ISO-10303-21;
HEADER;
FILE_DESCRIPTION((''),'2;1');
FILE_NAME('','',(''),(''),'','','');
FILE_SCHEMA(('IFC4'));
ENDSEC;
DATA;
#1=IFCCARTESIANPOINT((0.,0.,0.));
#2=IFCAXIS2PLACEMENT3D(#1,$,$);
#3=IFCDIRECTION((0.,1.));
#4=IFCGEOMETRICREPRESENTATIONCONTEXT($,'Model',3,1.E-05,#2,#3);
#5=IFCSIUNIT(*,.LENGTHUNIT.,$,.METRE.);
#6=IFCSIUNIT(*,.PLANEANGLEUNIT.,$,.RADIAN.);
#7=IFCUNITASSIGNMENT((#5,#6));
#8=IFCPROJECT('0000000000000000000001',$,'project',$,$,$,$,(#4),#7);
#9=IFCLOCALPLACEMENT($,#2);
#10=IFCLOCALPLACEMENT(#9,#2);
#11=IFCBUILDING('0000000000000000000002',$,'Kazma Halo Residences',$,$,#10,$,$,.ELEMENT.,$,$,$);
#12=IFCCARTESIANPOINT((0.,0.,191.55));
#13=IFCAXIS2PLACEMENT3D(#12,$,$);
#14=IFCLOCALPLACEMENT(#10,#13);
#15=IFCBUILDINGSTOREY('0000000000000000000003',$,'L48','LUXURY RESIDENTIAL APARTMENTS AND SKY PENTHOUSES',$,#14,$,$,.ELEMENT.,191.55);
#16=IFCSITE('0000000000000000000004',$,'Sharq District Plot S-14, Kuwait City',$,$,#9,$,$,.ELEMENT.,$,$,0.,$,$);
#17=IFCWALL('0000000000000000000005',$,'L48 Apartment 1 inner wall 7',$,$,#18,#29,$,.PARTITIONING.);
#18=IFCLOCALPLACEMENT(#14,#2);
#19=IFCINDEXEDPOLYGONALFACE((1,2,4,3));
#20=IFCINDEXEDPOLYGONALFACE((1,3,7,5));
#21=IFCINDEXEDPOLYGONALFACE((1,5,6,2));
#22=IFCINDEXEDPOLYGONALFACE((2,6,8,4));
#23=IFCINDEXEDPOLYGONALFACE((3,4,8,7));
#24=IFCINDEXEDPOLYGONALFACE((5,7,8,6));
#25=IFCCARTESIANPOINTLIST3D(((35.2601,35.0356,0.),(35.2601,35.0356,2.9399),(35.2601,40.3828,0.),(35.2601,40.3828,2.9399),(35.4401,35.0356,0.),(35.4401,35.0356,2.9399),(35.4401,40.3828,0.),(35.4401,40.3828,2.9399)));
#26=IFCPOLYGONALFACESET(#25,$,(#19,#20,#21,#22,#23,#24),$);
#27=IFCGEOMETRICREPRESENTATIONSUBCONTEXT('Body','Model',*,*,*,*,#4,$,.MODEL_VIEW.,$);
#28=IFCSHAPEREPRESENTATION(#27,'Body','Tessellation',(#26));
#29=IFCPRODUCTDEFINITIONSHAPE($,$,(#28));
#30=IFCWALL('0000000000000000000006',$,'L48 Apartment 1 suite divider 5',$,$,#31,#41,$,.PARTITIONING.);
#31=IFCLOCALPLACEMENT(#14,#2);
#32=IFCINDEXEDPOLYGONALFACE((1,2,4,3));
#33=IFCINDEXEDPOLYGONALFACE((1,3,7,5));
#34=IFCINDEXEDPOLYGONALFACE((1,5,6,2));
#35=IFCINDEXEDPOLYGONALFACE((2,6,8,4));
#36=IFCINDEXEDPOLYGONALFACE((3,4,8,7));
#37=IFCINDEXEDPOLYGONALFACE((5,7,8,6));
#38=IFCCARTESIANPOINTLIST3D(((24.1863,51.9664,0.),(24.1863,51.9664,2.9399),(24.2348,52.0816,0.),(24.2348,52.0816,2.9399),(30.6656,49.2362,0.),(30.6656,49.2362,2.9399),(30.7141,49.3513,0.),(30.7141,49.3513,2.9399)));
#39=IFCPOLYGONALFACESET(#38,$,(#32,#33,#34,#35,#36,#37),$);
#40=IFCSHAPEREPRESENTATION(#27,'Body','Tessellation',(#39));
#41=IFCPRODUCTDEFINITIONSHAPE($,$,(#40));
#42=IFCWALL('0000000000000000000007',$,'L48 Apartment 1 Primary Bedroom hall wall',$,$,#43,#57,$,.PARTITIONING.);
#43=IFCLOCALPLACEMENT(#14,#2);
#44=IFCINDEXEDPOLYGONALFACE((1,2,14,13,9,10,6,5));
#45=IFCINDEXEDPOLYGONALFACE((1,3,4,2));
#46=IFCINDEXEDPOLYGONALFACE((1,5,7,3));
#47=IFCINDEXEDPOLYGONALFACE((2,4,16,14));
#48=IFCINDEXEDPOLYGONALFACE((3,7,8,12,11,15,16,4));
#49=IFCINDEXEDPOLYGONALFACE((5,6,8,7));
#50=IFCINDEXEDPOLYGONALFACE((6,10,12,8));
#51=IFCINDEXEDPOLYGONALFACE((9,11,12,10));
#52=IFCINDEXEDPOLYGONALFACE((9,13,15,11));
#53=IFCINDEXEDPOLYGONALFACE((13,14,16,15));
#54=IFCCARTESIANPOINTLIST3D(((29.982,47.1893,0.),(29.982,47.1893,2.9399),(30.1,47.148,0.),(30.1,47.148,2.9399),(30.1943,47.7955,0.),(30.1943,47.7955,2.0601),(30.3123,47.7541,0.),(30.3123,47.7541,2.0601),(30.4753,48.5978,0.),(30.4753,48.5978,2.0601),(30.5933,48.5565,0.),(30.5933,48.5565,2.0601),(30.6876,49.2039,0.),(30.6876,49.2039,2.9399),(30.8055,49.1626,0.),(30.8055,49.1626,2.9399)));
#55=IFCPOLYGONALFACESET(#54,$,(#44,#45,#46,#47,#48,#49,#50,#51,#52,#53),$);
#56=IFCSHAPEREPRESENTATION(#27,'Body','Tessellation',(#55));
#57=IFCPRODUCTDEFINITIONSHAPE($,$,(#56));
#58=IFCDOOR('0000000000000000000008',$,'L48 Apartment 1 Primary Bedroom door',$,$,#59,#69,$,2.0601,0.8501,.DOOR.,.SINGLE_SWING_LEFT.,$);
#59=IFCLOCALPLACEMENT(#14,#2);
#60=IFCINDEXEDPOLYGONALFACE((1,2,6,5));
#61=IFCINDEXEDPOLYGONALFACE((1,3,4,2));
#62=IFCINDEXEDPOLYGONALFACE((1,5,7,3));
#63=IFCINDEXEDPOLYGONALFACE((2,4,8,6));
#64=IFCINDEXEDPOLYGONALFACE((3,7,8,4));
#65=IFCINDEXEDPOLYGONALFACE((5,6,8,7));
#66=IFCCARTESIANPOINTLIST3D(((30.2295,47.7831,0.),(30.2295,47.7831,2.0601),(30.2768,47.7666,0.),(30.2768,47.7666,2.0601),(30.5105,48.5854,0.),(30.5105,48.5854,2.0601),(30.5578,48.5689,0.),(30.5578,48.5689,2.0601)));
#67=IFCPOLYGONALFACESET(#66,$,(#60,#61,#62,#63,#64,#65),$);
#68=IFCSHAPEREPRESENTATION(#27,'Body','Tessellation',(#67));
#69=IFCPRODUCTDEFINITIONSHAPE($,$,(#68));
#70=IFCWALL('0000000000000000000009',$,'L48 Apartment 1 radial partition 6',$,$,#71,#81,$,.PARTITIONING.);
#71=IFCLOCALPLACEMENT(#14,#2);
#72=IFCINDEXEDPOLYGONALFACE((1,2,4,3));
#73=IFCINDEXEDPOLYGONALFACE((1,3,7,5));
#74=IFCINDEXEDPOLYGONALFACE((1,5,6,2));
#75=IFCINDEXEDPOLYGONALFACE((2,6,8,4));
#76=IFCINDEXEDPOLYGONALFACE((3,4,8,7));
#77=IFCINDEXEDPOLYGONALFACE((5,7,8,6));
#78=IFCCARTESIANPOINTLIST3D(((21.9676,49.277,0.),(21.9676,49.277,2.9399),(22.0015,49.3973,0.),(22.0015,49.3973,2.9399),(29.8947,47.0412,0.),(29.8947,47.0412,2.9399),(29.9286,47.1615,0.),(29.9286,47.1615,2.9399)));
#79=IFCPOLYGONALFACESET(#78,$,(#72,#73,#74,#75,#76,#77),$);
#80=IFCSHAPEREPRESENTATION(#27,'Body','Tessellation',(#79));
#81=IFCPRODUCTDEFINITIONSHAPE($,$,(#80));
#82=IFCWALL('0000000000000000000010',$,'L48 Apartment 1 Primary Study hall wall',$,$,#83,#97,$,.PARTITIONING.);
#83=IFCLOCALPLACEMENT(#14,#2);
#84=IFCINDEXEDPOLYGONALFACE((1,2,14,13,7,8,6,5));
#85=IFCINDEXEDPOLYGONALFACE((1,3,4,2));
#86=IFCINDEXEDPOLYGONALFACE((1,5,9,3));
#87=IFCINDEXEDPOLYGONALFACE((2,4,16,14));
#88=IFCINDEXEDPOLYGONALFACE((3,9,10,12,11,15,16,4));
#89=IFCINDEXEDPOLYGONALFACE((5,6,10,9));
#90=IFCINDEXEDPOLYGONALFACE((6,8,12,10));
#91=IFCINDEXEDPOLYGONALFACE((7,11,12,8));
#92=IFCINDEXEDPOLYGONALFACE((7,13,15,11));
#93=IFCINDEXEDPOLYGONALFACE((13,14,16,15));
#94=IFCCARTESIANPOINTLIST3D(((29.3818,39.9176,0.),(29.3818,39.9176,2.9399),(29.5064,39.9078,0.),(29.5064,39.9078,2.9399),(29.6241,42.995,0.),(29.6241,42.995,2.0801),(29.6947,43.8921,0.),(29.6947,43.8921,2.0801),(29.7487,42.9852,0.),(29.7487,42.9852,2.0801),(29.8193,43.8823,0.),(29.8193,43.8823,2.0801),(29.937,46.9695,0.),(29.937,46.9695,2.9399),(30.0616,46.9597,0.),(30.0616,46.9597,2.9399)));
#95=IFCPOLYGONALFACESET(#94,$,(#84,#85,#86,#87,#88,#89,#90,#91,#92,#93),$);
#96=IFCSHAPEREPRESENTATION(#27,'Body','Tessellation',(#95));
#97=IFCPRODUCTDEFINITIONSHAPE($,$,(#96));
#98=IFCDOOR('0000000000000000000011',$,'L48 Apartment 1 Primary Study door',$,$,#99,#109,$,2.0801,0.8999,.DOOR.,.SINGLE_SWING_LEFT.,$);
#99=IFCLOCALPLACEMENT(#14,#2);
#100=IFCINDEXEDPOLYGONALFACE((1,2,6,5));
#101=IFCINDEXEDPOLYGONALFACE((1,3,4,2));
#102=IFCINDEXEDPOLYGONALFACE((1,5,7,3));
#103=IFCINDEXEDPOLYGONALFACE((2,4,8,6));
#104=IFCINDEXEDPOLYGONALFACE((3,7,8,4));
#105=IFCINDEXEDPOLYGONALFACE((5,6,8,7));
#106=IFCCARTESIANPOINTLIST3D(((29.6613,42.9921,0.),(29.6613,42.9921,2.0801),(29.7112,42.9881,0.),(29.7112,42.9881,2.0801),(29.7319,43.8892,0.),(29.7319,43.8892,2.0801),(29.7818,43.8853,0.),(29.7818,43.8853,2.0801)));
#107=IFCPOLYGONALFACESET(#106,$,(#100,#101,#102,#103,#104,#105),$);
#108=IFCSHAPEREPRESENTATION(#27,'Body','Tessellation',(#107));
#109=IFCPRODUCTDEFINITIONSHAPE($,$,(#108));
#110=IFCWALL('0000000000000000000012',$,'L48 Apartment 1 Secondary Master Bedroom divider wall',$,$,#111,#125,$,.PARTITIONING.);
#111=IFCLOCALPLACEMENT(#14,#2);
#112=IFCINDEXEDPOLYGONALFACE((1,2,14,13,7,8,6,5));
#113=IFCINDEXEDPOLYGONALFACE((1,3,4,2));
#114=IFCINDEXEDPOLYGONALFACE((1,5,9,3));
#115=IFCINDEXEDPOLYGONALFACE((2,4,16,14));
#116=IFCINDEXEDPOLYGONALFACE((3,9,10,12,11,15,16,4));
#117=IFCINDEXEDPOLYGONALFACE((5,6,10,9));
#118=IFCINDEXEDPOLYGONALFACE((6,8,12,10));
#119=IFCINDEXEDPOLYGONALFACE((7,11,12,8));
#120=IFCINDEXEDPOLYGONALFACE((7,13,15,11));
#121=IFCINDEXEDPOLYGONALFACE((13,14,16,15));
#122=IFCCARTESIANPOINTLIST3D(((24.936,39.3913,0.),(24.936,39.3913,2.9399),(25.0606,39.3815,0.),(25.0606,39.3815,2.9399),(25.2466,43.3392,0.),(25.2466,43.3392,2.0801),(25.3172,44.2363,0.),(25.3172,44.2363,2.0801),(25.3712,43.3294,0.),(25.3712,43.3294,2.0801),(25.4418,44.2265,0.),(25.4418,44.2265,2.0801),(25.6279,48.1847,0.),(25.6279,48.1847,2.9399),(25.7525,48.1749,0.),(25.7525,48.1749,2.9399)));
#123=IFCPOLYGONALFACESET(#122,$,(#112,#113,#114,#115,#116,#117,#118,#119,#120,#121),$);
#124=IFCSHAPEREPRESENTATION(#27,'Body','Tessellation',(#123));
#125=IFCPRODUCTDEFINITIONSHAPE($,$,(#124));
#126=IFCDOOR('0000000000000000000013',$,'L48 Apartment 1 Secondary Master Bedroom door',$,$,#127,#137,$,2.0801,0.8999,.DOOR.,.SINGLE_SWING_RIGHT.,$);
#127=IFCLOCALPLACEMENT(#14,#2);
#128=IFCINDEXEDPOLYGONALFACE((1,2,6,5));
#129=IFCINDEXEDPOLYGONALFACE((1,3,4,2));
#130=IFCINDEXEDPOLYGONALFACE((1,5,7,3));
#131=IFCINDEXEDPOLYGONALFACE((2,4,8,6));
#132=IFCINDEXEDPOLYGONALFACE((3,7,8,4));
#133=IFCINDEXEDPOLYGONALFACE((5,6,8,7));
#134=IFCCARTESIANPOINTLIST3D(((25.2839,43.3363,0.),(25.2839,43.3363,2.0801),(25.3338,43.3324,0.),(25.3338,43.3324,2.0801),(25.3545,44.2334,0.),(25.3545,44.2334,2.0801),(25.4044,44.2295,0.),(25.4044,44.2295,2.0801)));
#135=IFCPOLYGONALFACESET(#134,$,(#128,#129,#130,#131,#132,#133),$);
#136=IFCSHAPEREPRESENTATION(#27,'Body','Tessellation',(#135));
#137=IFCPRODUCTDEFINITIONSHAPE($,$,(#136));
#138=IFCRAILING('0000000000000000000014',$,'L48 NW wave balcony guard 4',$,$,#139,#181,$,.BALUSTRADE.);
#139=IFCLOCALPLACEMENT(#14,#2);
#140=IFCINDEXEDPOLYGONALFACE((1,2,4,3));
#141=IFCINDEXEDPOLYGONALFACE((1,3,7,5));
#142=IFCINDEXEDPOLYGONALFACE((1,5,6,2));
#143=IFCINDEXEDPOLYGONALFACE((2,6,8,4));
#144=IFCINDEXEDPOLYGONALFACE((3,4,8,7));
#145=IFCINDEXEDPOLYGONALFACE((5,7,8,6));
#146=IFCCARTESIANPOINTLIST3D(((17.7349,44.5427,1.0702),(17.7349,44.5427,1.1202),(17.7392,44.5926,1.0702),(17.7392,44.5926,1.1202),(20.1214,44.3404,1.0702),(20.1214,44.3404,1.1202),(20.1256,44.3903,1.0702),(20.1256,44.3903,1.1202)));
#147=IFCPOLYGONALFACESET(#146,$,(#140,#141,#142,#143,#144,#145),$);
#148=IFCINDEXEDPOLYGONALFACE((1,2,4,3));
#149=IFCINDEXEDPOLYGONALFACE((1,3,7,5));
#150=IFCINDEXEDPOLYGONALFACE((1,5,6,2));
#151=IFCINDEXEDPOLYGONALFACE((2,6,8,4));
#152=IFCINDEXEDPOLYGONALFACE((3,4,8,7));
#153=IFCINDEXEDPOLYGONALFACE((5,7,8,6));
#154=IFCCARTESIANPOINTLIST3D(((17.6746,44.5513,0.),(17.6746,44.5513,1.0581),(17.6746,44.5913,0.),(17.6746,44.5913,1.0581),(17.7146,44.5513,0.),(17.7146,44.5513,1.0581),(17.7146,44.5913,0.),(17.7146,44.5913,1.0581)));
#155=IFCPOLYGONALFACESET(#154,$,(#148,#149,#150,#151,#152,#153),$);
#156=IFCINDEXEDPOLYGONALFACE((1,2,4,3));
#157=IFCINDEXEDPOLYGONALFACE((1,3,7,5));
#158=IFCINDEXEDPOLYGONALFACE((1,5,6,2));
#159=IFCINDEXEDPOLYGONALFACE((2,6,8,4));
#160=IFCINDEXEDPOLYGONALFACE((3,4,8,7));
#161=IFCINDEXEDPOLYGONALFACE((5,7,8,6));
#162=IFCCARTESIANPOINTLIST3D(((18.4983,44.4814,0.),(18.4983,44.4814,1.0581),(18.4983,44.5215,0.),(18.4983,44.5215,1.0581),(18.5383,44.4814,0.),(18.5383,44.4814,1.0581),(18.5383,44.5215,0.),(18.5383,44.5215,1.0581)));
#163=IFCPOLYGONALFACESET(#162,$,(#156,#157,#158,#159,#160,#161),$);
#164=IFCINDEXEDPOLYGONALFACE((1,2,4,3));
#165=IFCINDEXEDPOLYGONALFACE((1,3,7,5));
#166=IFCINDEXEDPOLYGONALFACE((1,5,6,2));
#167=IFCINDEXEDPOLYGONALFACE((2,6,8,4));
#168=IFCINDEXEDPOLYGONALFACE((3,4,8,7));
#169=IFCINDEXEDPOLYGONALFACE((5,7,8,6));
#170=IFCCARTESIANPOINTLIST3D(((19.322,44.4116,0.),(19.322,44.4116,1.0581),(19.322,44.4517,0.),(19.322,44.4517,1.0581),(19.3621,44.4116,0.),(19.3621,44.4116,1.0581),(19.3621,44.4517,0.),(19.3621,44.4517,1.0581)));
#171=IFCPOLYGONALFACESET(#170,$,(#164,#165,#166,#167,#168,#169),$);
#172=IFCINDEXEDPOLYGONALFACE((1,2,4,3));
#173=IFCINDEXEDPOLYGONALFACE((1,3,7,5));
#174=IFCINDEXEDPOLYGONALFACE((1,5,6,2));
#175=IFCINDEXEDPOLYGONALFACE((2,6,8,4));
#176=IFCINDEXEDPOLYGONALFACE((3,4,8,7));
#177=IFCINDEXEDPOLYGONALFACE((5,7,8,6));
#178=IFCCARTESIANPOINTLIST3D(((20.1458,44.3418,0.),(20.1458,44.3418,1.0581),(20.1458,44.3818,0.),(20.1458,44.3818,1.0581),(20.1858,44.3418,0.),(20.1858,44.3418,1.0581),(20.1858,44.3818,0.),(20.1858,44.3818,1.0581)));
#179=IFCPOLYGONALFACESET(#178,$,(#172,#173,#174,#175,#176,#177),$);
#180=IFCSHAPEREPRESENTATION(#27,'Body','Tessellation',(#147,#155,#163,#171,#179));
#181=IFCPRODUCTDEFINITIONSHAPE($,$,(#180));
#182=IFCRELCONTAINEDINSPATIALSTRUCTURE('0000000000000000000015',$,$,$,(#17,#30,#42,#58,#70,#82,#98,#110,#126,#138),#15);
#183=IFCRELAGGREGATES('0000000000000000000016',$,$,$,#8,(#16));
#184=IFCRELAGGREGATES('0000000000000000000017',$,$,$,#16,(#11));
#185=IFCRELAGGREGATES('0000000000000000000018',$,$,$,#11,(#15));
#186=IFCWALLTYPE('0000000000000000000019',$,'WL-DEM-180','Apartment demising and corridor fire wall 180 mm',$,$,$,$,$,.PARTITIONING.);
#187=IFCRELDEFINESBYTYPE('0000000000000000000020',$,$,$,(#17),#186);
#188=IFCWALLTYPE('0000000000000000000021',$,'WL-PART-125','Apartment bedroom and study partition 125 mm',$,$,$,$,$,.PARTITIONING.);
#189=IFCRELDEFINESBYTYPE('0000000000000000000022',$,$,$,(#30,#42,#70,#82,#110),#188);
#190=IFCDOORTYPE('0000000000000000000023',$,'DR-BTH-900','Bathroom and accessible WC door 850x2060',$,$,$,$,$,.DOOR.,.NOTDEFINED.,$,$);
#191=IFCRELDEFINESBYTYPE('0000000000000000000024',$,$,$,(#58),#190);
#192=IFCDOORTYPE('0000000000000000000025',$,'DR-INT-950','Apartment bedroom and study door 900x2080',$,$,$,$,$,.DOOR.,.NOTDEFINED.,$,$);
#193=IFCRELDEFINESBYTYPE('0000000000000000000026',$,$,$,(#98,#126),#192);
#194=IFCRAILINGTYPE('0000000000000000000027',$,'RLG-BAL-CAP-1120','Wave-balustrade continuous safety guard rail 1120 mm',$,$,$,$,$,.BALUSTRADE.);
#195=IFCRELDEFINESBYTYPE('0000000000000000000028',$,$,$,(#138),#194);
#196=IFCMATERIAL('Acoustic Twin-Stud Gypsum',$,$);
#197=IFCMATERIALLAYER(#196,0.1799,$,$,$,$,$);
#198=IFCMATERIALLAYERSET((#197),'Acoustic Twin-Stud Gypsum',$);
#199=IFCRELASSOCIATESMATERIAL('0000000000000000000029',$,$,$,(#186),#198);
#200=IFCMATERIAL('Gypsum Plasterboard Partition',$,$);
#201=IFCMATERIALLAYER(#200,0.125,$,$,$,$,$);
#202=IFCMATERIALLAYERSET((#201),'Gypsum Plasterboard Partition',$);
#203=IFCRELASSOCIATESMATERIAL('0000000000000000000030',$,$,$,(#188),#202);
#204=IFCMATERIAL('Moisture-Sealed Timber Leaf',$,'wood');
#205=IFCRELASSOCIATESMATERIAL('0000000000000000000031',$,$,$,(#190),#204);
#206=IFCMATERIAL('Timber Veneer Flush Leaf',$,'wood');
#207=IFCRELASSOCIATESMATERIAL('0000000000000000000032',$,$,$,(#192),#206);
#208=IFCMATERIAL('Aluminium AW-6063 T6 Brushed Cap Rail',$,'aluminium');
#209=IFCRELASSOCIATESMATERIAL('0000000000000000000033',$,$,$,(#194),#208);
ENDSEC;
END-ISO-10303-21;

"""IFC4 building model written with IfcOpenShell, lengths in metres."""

from ifc_helpers import new_model, si_unit, direction, frame, frame_2d, origin, origin_2d, place, context, subcontext, project, spatial, rectangle, extrude, material, layer, layer_set, type_object, element, fill, save


model = new_model("IFC4")

# Units and contexts
model_context = context("Model", 3, precision=1e-05, world=origin(), true_north=direction((0.0, 1.0)))
body_context = subcontext(model_context, "Body", "Model", "MODEL_VIEW")
ifc_project = project(units=[si_unit("LENGTHUNIT", "METRE"), si_unit("PLANEANGLEUNIT", "RADIAN")], contexts=[model_context])

# Site, building, storey
site_placement = place(None, origin())
site = spatial("IfcSite", under=ifc_project, at=site_placement, Name="Sharq District Plot S-14, Kuwait City", CompositionType="ELEMENT", RefElevation=0.0)
building_placement = place(site_placement, origin())
building = spatial("IfcBuilding", under=site, at=building_placement, Name="Kazma Halo Residences", CompositionType="ELEMENT")
storey_placement = place(building_placement, frame((0.0, 0.0, 191.55)))
storey = spatial("IfcBuildingStorey", under=building, at=storey_placement, Name="L48", Description="LUXURY RESIDENTIAL APARTMENTS AND SKY PENTHOUSES", CompositionType="ELEMENT", Elevation=191.55)

# Walls
ifc_material_1 = material(Name="Acoustic Twin-Stud Gypsum")
ifc_layer_1 = layer(ifc_material_1, 0.1799)
ifc_layer_set_1 = layer_set([ifc_layer_1], Name="Acoustic Twin-Stud Gypsum")
wall_type_1 = type_object("IfcWallType", Name="WL-DEM-180", Description="Apartment demising and corridor fire wall 180 mm", PredefinedType="PARTITIONING", material=ifc_layer_set_1)
wall_1_placement = place(storey_placement, frame((35.3501, 40.3828, 0.0), z_axis=(0.0, 0.0, 1.0), x_axis=(0.0, -1.0, 0.0)))
element("IfcWall", 1, at=wall_1_placement, inside=storey, type_object=wall_type_1, Name="L48 Apartment 1 inner wall 7", PredefinedType="PARTITIONING", context=body_context, shape_type="SweptSolid", body=[
    extrude(rectangle(XDim=5.3472, YDim=0.1799, at=frame_2d((2.6736, 0.0))), origin(), (0.0, 0.0, 1.0), 2.9399),
])
ifc_material_2 = material(Name="Gypsum Plasterboard Partition")
ifc_layer_2 = layer(ifc_material_2, 0.125)
ifc_layer_set_2 = layer_set([ifc_layer_2], Name="Gypsum Plasterboard Partition")
wall_type_2 = type_object("IfcWallType", Name="WL-PART-125", Description="Apartment bedroom and study partition 125 mm", PredefinedType="PARTITIONING", material=ifc_layer_set_2)
wall_2_placement = place(storey_placement, frame((30.6899, 49.2937, 0.0), z_axis=(0.0, 0.0, 1.0), x_axis=(-0.921527, 0.388313, 0.0)))
element("IfcWall", 2, at=wall_2_placement, inside=storey, type_object=wall_type_2, Name="L48 Apartment 1 suite divider 5", PredefinedType="PARTITIONING", context=body_context, shape_type="SweptSolid", body=[
    extrude(rectangle(XDim=7.031, YDim=0.125, at=frame_2d((3.5156, 0.0))), origin(), (0.0, 0.0, 1.0), 2.9399),
])

# Wall, opening, door
wall_3_placement = place(storey_placement, frame((30.7466, 49.1833, 0.0), z_axis=(0.0, 0.0, 1.0), x_axis=(-0.330534, -0.943794, 0.0)))
wall_3 = element("IfcWall", 3, at=wall_3_placement, inside=storey, type_object=wall_type_2, Name="L48 Apartment 1 Primary Bedroom hall wall", PredefinedType="PARTITIONING", context=body_context, shape_type="SweptSolid", body=[
    extrude(rectangle(XDim=2.1345, YDim=0.125, at=frame_2d((1.0674, 0.0))), origin(), (0.0, 0.0, 1.0), 2.9399),
])
opening_1_placement = place(wall_3_placement, frame((0.6423, 0.0, 0.0)))
opening_1 = element("IfcOpeningElement", 4, at=opening_1_placement, cuts=wall_3, PredefinedType="OPENING", context=body_context, shape_type="SweptSolid", body=[
    extrude(rectangle(XDim=0.8501, YDim=2.0601, at=frame_2d((0.425, 1.03))), frame((0.0, 0.0725, 0.0), z_axis=(0.0, -1.0, 0.0), x_axis=(1.0, 0.0, 0.0)), (0.0, 0.0, 1.0), 0.145),
])
ifc_material_3 = material(Name="Moisture-Sealed Timber Leaf", Category="wood")
door_type_1 = type_object("IfcDoorType", Name="DR-BTH-900", Description="Bathroom and accessible WC door 850x2060", OperationType="NOTDEFINED", PredefinedType="DOOR", material=ifc_material_3)
door_1_placement = place(opening_1_placement, origin())
door_1 = element("IfcDoor", 5, at=door_1_placement, inside=storey, type_object=door_type_1, Name="L48 Apartment 1 Primary Bedroom door", OperationType="SINGLE_SWING_LEFT", OverallHeight=2.0601, OverallWidth=0.8501, PredefinedType="DOOR", context=body_context, shape_type="SweptSolid", body=[
    extrude(rectangle(XDim=0.8501, YDim=2.0601, at=frame_2d((0.425, 1.03))), frame((0.0, 0.0249, 0.0), z_axis=(0.0, -1.0, 0.0), x_axis=(1.0, 0.0, 0.0)), (0.0, 0.0, 1.0), 0.05),
])
fill(opening_1, door_1)

# Wall
wall_4_placement = place(storey_placement, frame((29.9116, 47.1013, 0.0), z_axis=(0.0, 0.0, 1.0), x_axis=(-0.962449, 0.271462, 0.0)))
element("IfcWall", 6, at=wall_4_placement, inside=storey, type_object=wall_type_2, Name="L48 Apartment 1 radial partition 6", PredefinedType="PARTITIONING", context=body_context, shape_type="SweptSolid", body=[
    extrude(rectangle(XDim=8.2363, YDim=0.125, at=frame_2d((4.1182, 0.0))), origin(), (0.0, 0.0, 1.0), 2.9399),
])

# Walls, openings, doors
wall_5_placement = place(storey_placement, frame((29.9993, 46.9646, 0.0), z_axis=(0.0, 0.0, 1.0), x_axis=(-0.078483, -0.996915, 0.0)))
wall_5 = element("IfcWall", 7, at=wall_5_placement, inside=storey, type_object=wall_type_2, Name="L48 Apartment 1 Primary Study hall wall", PredefinedType="PARTITIONING", context=body_context, shape_type="SweptSolid", body=[
    extrude(rectangle(XDim=7.0737, YDim=0.125, at=frame_2d((3.5369, 0.0))), origin(), (0.0, 0.0, 1.0), 2.9399),
])
opening_2_placement = place(wall_5_placement, frame((3.0869, 0.0, 0.0)))
opening_2 = element("IfcOpeningElement", 8, at=opening_2_placement, cuts=wall_5, PredefinedType="OPENING", context=body_context, shape_type="SweptSolid", body=[
    extrude(rectangle(XDim=0.8999, YDim=2.0801, at=frame_2d((0.45, 1.04))), frame((0.0, 0.0725, 0.0), z_axis=(0.0, -1.0, 0.0), x_axis=(1.0, 0.0, 0.0)), (0.0, 0.0, 1.0), 0.145),
])
ifc_material_4 = material(Name="Timber Veneer Flush Leaf", Category="wood")
door_type_2 = type_object("IfcDoorType", Name="DR-INT-950", Description="Apartment bedroom and study door 900x2080", OperationType="NOTDEFINED", PredefinedType="DOOR", material=ifc_material_4)
door_2_placement = place(opening_2_placement, origin())
door_2 = element("IfcDoor", 9, at=door_2_placement, inside=storey, type_object=door_type_2, Name="L48 Apartment 1 Primary Study door", OperationType="SINGLE_SWING_LEFT", OverallHeight=2.0801, OverallWidth=0.8999, PredefinedType="DOOR", context=body_context, shape_type="SweptSolid", body=[
    extrude(rectangle(XDim=0.8999, YDim=2.0801, at=frame_2d((0.45, 1.04))), frame((0.0, 0.0249, 0.0), z_axis=(0.0, -1.0, 0.0), x_axis=(1.0, 0.0, 0.0)), (0.0, 0.0, 1.0), 0.05),
])
fill(opening_2, door_2)
wall_6_placement = place(storey_placement, frame((25.6902, 48.1797, 0.0), z_axis=(0.0, 0.0, 1.0), x_axis=(-0.07844, -0.996919, 0.0)))
wall_6 = element("IfcWall", 10, at=wall_6_placement, inside=storey, type_object=wall_type_2, Name="L48 Apartment 1 Secondary Master Bedroom divider wall", PredefinedType="PARTITIONING", context=body_context, shape_type="SweptSolid", body=[
    extrude(rectangle(XDim=8.8206, YDim=0.125, at=frame_2d((4.4102, 0.0))), origin(), (0.0, 0.0, 1.0), 2.9399),
])
opening_3_placement = place(wall_6_placement, frame((3.9604, 0.0, 0.0)))
opening_3 = element("IfcOpeningElement", 11, at=opening_3_placement, cuts=wall_6, PredefinedType="OPENING", context=body_context, shape_type="SweptSolid", body=[
    extrude(rectangle(XDim=0.8999, YDim=2.0801, at=frame_2d((0.45, 1.04))), frame((0.0, 0.0725, 0.0), z_axis=(0.0, -1.0, 0.0), x_axis=(1.0, 0.0, 0.0)), (0.0, 0.0, 1.0), 0.145),
])
door_3_placement = place(opening_3_placement, origin())
door_3 = element("IfcDoor", 12, at=door_3_placement, inside=storey, type_object=door_type_2, Name="L48 Apartment 1 Secondary Master Bedroom door", OperationType="SINGLE_SWING_RIGHT", OverallHeight=2.0801, OverallWidth=0.8999, PredefinedType="DOOR", context=body_context, shape_type="SweptSolid", body=[
    extrude(rectangle(XDim=0.8999, YDim=2.0801, at=frame_2d((0.45, 1.04))), frame((0.0, 0.0249, 0.0), z_axis=(0.0, -1.0, 0.0), x_axis=(1.0, 0.0, 0.0)), (0.0, 0.0, 1.0), 0.05),
])
fill(opening_3, door_3)

# Railing
ifc_material_5 = material(Name="Aluminium AW-6063 T6 Brushed Cap Rail", Category="aluminium")
railing_type = type_object("IfcRailingType", Name="RLG-BAL-CAP-1120", Description="Wave-balustrade continuous safety guard rail 1120 mm", PredefinedType="BALUSTRADE", material=ifc_material_5)
railing_placement = place(storey_placement, frame((17.6946, 44.5713, 0.0)))
element("IfcRailing", 13, at=railing_placement, inside=storey, type_object=railing_type, Name="L48 NW wave balcony guard 4", PredefinedType="BALUSTRADE", context=body_context, shape_type="SweptSolid", body=[
    extrude(rectangle(XDim=0.05, YDim=0.05, at=origin_2d()), frame((0.0425, -0.0037, 1.0952), z_axis=(0.996427, -0.084463, 0.0), x_axis=(0.084463, 0.996427, 0.0)), (0.0, 0.0, 1.0), 2.395),
    extrude(rectangle(XDim=0.04, YDim=0.04, at=origin_2d()), origin(), (0.0, 0.0, 1.0), 1.0581),
    extrude(rectangle(XDim=0.04, YDim=0.04, at=origin_2d()), frame((0.8237, -0.0698, 0.0)), (0.0, 0.0, 1.0), 1.0581),
    extrude(rectangle(XDim=0.04, YDim=0.04, at=origin_2d()), frame((1.6475, -0.1396, 0.0)), (0.0, 0.0, 1.0), 1.0581),
    extrude(rectangle(XDim=0.04, YDim=0.04, at=origin_2d()), frame((2.4712, -0.2095, 0.0)), (0.0, 0.0, 1.0), 1.0581),
])

save(model, "model.ifc")
